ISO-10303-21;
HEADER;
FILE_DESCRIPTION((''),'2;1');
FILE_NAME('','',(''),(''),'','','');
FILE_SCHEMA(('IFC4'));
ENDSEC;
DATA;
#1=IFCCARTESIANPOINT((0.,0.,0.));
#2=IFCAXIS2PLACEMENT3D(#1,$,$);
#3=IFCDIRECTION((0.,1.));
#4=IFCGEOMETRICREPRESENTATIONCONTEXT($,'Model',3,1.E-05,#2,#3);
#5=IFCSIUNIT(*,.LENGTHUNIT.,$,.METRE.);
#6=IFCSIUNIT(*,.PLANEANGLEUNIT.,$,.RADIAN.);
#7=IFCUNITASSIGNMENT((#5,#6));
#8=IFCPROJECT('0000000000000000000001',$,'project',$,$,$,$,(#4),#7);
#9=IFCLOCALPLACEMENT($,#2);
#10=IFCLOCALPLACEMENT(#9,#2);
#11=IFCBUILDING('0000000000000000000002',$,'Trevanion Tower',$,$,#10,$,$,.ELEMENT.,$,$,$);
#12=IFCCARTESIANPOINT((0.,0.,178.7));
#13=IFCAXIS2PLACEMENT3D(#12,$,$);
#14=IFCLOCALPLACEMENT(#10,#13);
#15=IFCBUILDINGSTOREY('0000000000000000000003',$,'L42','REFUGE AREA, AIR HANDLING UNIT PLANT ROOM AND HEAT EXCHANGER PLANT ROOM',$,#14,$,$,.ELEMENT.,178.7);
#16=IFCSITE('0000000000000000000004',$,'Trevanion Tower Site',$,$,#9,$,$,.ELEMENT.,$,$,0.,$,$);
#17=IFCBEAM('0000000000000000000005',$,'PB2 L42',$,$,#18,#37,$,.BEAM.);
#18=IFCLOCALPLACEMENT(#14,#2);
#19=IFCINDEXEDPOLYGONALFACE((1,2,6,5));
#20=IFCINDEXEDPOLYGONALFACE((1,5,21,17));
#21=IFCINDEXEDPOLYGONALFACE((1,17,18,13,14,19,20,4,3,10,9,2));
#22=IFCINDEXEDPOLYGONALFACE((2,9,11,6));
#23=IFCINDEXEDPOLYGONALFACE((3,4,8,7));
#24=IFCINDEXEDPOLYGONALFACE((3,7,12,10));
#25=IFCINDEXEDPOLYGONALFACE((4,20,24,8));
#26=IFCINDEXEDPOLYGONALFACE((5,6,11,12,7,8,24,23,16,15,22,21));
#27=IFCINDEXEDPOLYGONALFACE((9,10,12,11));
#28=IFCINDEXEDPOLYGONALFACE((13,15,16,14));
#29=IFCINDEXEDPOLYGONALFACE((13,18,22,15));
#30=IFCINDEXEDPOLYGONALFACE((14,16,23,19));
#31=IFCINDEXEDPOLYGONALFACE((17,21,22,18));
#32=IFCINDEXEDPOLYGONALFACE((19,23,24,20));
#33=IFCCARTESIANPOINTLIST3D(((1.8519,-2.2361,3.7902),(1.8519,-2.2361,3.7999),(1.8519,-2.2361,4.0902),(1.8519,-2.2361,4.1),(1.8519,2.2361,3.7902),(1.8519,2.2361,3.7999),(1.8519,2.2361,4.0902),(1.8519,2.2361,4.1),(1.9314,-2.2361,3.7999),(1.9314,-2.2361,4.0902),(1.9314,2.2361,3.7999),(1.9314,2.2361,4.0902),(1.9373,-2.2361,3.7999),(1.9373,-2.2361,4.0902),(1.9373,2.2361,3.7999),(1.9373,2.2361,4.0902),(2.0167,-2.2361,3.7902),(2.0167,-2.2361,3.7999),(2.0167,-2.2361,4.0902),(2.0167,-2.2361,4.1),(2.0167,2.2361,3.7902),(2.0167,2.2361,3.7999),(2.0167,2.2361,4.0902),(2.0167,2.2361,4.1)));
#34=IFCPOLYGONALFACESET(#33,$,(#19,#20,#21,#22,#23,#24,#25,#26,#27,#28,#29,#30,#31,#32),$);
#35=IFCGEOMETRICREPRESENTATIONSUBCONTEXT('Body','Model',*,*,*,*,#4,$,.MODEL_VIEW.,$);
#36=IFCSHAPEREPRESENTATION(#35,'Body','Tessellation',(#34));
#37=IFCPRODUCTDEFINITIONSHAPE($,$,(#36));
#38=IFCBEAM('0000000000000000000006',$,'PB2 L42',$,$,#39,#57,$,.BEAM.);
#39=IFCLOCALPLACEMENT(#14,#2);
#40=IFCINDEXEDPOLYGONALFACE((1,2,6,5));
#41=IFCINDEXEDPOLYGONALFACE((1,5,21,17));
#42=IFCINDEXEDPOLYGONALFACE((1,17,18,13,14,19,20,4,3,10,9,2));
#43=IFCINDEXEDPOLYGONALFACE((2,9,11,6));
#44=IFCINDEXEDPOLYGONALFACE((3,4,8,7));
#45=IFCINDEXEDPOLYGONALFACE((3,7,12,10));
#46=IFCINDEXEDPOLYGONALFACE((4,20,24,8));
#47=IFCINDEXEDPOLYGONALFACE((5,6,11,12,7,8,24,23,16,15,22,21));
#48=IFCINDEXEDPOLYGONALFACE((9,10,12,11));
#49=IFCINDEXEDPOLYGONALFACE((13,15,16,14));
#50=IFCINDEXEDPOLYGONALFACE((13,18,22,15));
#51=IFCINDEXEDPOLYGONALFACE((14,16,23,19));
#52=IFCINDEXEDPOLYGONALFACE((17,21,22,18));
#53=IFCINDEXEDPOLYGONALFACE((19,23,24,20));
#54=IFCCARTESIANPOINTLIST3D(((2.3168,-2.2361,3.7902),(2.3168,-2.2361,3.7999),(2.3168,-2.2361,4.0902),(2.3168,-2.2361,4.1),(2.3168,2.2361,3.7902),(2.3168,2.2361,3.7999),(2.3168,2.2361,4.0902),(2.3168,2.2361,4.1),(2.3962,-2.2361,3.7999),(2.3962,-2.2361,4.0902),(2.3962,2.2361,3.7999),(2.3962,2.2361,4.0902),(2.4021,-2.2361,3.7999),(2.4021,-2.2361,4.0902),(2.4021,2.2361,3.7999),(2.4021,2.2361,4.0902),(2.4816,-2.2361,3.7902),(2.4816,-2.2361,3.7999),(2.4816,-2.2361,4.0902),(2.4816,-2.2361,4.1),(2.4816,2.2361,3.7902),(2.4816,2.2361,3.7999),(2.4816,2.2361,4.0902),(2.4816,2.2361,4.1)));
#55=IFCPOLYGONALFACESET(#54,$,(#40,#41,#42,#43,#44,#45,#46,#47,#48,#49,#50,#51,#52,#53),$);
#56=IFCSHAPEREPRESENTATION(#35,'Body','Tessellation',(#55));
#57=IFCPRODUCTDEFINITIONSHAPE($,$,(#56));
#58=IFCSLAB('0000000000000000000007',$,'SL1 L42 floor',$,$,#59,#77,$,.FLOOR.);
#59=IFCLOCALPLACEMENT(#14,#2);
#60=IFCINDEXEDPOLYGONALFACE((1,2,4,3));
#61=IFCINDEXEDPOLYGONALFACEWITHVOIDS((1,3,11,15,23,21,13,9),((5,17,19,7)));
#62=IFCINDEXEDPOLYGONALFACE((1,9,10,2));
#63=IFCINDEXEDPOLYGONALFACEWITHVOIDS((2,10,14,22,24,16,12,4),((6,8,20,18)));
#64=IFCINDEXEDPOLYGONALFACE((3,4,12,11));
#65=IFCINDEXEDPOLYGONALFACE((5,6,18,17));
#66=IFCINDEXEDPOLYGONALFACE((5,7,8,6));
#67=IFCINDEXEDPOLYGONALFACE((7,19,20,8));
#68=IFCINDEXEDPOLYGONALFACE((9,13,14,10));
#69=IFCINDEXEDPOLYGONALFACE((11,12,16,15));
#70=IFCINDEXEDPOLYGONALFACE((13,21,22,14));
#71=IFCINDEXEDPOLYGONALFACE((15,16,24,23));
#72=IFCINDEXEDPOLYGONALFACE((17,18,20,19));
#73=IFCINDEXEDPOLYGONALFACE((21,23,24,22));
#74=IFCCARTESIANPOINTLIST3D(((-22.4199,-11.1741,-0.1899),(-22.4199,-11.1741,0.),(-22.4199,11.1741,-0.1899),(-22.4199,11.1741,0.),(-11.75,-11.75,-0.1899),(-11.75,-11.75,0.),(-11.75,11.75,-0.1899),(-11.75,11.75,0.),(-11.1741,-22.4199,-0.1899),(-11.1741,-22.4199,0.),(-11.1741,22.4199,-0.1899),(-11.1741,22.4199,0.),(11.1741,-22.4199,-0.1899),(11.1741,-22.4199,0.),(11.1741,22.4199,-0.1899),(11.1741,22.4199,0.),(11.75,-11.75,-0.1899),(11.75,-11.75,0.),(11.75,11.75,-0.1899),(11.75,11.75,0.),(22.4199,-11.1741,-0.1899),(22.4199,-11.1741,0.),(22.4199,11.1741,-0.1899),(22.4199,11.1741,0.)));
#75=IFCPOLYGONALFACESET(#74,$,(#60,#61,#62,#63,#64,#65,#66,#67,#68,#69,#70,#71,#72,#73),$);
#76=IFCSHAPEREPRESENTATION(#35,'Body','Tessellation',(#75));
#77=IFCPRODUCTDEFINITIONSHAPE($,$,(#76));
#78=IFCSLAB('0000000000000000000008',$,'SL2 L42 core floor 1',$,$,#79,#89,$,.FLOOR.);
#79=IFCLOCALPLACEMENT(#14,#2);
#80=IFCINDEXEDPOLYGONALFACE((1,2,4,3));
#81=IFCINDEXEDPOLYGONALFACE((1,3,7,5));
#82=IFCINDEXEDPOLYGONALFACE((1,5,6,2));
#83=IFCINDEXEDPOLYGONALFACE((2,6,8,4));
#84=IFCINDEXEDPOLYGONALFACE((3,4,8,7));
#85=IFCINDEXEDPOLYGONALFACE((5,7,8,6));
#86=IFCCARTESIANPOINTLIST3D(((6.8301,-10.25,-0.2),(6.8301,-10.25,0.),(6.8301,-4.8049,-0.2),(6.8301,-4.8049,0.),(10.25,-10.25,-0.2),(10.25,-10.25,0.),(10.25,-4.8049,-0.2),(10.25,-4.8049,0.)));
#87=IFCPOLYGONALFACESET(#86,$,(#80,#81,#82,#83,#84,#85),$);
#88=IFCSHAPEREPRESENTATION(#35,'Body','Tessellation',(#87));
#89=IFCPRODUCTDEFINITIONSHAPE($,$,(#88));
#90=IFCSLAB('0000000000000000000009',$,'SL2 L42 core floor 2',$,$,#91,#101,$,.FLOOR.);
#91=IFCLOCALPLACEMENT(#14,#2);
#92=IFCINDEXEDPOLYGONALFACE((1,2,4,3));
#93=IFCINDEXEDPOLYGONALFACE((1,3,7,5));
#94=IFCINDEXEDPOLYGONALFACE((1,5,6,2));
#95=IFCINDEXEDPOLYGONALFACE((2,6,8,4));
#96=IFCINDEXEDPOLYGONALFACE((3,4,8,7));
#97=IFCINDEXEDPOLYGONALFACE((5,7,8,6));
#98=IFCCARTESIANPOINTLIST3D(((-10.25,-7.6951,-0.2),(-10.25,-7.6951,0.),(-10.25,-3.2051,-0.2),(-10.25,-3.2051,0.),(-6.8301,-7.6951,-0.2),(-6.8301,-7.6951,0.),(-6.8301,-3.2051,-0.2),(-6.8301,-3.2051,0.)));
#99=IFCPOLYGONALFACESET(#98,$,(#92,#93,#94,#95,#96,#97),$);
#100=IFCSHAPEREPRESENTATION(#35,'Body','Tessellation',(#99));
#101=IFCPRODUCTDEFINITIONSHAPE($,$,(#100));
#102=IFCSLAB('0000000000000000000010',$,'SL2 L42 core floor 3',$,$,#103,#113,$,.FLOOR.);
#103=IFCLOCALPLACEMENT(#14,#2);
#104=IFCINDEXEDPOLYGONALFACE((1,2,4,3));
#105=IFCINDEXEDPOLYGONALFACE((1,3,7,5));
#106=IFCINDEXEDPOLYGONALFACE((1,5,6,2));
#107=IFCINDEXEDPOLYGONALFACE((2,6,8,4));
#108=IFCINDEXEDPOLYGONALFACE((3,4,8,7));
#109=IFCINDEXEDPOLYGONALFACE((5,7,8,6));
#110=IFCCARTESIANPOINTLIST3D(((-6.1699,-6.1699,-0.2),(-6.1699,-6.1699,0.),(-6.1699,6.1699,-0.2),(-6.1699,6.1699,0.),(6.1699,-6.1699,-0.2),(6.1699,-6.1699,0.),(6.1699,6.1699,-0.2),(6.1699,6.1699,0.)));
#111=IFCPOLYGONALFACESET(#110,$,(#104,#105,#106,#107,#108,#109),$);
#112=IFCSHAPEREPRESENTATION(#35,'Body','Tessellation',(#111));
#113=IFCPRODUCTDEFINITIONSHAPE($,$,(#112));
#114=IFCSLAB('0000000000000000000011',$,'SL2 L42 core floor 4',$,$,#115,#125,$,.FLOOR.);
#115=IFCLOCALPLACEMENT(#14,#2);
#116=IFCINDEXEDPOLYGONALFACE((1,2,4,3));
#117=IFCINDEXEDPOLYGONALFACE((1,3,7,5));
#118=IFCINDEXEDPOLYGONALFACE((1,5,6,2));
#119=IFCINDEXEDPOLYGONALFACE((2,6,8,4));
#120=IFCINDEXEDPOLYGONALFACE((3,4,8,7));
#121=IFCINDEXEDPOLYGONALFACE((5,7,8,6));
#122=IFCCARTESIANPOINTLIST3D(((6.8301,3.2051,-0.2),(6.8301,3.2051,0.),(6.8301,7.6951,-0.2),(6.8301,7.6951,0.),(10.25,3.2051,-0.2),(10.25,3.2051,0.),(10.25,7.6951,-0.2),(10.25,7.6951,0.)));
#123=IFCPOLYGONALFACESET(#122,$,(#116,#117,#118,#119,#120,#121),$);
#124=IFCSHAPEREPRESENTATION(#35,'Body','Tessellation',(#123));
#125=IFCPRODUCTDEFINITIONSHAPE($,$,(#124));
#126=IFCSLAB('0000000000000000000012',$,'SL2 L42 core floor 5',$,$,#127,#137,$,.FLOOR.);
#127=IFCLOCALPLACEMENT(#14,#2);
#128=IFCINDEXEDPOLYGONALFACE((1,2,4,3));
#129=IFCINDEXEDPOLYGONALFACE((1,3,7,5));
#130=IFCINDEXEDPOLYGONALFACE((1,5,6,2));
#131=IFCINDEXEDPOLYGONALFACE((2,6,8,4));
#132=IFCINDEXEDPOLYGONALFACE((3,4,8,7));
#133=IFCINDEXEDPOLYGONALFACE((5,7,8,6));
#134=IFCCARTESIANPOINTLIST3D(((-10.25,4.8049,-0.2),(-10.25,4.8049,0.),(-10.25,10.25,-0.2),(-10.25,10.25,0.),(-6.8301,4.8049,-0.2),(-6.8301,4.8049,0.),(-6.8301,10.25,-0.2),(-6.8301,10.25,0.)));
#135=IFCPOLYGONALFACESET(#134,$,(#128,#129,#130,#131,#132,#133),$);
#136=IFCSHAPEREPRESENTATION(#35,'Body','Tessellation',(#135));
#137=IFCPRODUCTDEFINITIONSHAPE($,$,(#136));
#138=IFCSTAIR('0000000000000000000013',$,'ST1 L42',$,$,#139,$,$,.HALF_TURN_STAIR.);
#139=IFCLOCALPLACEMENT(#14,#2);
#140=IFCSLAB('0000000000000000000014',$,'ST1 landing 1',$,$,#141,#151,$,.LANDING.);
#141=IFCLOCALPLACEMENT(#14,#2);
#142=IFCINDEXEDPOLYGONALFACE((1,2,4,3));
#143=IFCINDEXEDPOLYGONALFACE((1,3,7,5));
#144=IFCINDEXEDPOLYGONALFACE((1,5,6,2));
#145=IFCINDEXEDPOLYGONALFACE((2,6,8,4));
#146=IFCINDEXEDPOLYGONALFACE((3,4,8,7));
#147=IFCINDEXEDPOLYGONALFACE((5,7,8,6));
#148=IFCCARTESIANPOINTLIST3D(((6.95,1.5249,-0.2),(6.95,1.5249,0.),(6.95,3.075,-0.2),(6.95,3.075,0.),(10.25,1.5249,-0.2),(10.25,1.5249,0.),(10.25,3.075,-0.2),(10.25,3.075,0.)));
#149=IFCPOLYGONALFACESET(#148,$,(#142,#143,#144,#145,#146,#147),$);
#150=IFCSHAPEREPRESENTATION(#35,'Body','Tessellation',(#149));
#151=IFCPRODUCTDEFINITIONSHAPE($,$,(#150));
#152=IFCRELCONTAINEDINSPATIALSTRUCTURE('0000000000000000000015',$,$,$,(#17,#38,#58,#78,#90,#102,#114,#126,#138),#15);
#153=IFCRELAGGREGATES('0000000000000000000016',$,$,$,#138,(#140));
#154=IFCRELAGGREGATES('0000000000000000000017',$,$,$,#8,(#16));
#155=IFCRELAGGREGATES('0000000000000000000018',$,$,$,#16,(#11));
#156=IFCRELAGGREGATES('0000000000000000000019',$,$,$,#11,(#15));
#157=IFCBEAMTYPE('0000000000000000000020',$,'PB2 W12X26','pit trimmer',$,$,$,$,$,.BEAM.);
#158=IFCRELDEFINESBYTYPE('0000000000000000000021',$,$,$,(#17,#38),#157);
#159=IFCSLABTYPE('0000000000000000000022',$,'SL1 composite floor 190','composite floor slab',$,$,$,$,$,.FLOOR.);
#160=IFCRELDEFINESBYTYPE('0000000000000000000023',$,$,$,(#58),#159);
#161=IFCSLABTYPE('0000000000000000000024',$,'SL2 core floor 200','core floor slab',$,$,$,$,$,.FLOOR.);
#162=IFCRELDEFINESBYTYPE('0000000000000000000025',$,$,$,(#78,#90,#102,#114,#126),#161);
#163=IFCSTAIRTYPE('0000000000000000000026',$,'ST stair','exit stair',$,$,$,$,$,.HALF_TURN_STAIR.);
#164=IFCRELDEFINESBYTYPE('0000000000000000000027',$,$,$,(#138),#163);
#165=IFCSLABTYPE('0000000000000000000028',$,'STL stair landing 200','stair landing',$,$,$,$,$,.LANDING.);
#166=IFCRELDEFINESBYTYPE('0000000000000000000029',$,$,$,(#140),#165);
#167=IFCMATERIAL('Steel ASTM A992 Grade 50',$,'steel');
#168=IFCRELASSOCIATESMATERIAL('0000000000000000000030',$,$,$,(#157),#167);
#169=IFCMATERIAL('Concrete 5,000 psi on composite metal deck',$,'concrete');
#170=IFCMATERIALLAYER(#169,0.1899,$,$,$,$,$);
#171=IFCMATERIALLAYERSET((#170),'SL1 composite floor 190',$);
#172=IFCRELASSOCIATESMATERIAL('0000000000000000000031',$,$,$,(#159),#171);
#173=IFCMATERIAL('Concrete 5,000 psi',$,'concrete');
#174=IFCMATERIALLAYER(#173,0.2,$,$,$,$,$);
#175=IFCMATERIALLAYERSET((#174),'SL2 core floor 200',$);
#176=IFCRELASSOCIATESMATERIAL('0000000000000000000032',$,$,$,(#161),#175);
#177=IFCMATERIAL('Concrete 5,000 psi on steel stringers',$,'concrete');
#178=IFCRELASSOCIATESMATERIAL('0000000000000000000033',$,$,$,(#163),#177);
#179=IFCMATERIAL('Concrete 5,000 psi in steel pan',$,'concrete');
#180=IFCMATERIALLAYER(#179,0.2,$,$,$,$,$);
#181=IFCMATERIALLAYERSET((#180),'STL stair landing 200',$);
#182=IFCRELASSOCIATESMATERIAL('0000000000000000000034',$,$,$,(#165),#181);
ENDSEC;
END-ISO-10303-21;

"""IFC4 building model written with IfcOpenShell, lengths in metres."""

from ifc_helpers import new_model, si_unit, direction, frame, origin, origin_2d, place, context, subcontext, project, spatial, polyline, i_section, outline, extrude, material, layer, layer_set, material_profile, profile_set, type_object, element, aggregate, save


model = new_model("IFC4")

# Units and contexts
model_context = context("Model", 3, precision=1e-05, world=origin(), true_north=direction((0.0, 1.0)))
body_context = subcontext(model_context, "Body", "Model", "MODEL_VIEW")
ifc_project = project(units=[si_unit("LENGTHUNIT", "METRE"), si_unit("PLANEANGLEUNIT", "RADIAN")], contexts=[model_context])

# Site, building, storey
site_placement = place(None, origin())
site = spatial("IfcSite", under=ifc_project, at=site_placement, Name="Trevanion Tower Site", CompositionType="ELEMENT", RefElevation=0.0)
building_placement = place(site_placement, origin())
building = spatial("IfcBuilding", under=site, at=building_placement, Name="Trevanion Tower", CompositionType="ELEMENT")
storey_placement = place(building_placement, frame((0.0, 0.0, 178.7)))
storey = spatial("IfcBuildingStorey", under=building, at=storey_placement, Name="L42", Description="REFUGE AREA, AIR HANDLING UNIT PLANT ROOM AND HEAT EXCHANGER PLANT ROOM", CompositionType="ELEMENT", Elevation=178.7)

# Beams
ifc_material_1 = material(Name="Steel ASTM A992 Grade 50", Category="steel")
ifc_material_profile_1 = material_profile(ifc_material_1, i_section(OverallWidth=0.1648, OverallDepth=0.3098, WebThickness=0.0059, FlangeThickness=0.0098, at=origin_2d()), Name="W12X26")
ifc_profile_set_1 = profile_set([ifc_material_profile_1], Name="Steel ASTM A992 Grade 50")
beam_type_1 = type_object("IfcBeamType", Name="PB2 W12X26", Description="pit trimmer", PredefinedType="BEAM", material=ifc_profile_set_1)
for number, where, z_axis, x_axis, name in (
    (1, (1.9343, -2.2361, 3.9451), (0.0, 1.0, 0.0), (-1.0, 0.0, 0.0), "PB2 L42"),
    (2, (2.3992, -2.2361, 3.9451), (0.0, 1.0, 0.0), (-1.0, 0.0, 0.0), "PB2 L42"),
):
    element("IfcBeam", number, at=place(storey_placement, frame(where, z_axis=z_axis, x_axis=x_axis)), inside=storey, type_object=beam_type_1, Name=name, PredefinedType="BEAM", context=body_context, shape_type="SweptSolid", body=[
        extrude(i_section(OverallWidth=0.1648, OverallDepth=0.3098, WebThickness=0.0059, FlangeThickness=0.0098, at=origin_2d()), origin(), (0.0, 0.0, 1.0), 4.4722),
    ])

# Slabs
ifc_material_2 = material(Name="Concrete 5,000 psi on composite metal deck", Category="concrete")
ifc_layer_1 = layer(ifc_material_2, 0.1899)
ifc_layer_set_1 = layer_set([ifc_layer_1], Name="SL1 composite floor 190")
slab_type_1 = type_object("IfcSlabType", Name="SL1 composite floor 190", Description="composite floor slab", PredefinedType="FLOOR", material=ifc_layer_set_1)
slab_1_placement = place(storey_placement, frame((0.0, 0.0, -0.1899)))
element("IfcSlab", 3, at=slab_1_placement, inside=storey, type_object=slab_type_1, Name="SL1 L42 floor", PredefinedType="FLOOR", context=body_context, shape_type="SweptSolid", body=[
    extrude(outline(polyline([(22.4199, -11.1741), (22.4199, 11.1741), (11.1741, 22.4199), (-11.1741, 22.4199), (-22.4199, 11.1741), (-22.4199, -11.1741), (-11.1741, -22.4199), (11.1741, -22.4199), (22.4199, -11.1741)]), holes=[polyline([(11.75, -11.75), (11.75, 11.75), (-11.75, 11.75), (-11.75, -11.75), (11.75, -11.75)])]), origin(), (0.0, 0.0, 1.0), 0.1899),
])
ifc_material_3 = material(Name="Concrete 5,000 psi", Category="concrete")
ifc_layer_2 = layer(ifc_material_3, 0.2)
ifc_layer_set_2 = layer_set([ifc_layer_2], Name="SL2 core floor 200")
slab_type_2 = type_object("IfcSlabType", Name="SL2 core floor 200", Description="core floor slab", PredefinedType="FLOOR", material=ifc_layer_set_2)
slab_2_placement = place(storey_placement, frame((0.0, 0.0, -0.2)))
element("IfcSlab", 4, at=slab_2_placement, inside=storey, type_object=slab_type_2, Name="SL2 L42 core floor 1", PredefinedType="FLOOR", context=body_context, shape_type="SweptSolid", body=[
    extrude(outline(polyline([(10.25, -4.8049), (10.25, -10.25), (6.8301, -10.25), (6.8301, -4.8049), (10.25, -4.8049)])), origin(), (0.0, 0.0, 1.0), 0.2),
])
slab_3_placement = place(storey_placement, frame((0.0, 0.0, -0.2)))
element("IfcSlab", 5, at=slab_3_placement, inside=storey, type_object=slab_type_2, Name="SL2 L42 core floor 2", PredefinedType="FLOOR", context=body_context, shape_type="SweptSolid", body=[
    extrude(outline(polyline([(-6.8301, -3.2051), (-6.8301, -7.6951), (-10.25, -7.6951), (-10.25, -3.2051), (-6.8301, -3.2051)])), origin(), (0.0, 0.0, 1.0), 0.2),
])
slab_4_placement = place(storey_placement, frame((0.0, 0.0, -0.2)))
element("IfcSlab", 6, at=slab_4_placement, inside=storey, type_object=slab_type_2, Name="SL2 L42 core floor 3", PredefinedType="FLOOR", context=body_context, shape_type="SweptSolid", body=[
    extrude(outline(polyline([(6.1699, -6.1699), (-6.1699, -6.1699), (-6.1699, 6.1699), (6.1699, 6.1699), (6.1699, -6.1699)])), origin(), (0.0, 0.0, 1.0), 0.2),
])
slab_5_placement = place(storey_placement, frame((0.0, 0.0, -0.2)))
element("IfcSlab", 7, at=slab_5_placement, inside=storey, type_object=slab_type_2, Name="SL2 L42 core floor 4", PredefinedType="FLOOR", context=body_context, shape_type="SweptSolid", body=[
    extrude(outline(polyline([(6.8301, 3.2051), (6.8301, 7.6951), (10.25, 7.6951), (10.25, 3.2051), (6.8301, 3.2051)])), origin(), (0.0, 0.0, 1.0), 0.2),
])
slab_6_placement = place(storey_placement, frame((0.0, 0.0, -0.2)))
element("IfcSlab", 8, at=slab_6_placement, inside=storey, type_object=slab_type_2, Name="SL2 L42 core floor 5", PredefinedType="FLOOR", context=body_context, shape_type="SweptSolid", body=[
    extrude(outline(polyline([(-6.8301, 4.8049), (-10.25, 4.8049), (-10.25, 10.25), (-6.8301, 10.25), (-6.8301, 4.8049)])), origin(), (0.0, 0.0, 1.0), 0.2),
])

# Stair, slab
ifc_material_4 = material(Name="Concrete 5,000 psi on steel stringers", Category="concrete")
stair_type = type_object("IfcStairType", Name="ST stair", Description="exit stair", PredefinedType="HALF_TURN_STAIR", material=ifc_material_4)
stair_placement = place(storey_placement, origin())
stair = element("IfcStair", 9, at=stair_placement, inside=storey, type_object=stair_type, Name="ST1 L42", PredefinedType="HALF_TURN_STAIR")
ifc_material_5 = material(Name="Concrete 5,000 psi in steel pan", Category="concrete")
ifc_layer_3 = layer(ifc_material_5, 0.2)
ifc_layer_set_3 = layer_set([ifc_layer_3], Name="STL stair landing 200")
slab_type_3 = type_object("IfcSlabType", Name="STL stair landing 200", Description="stair landing", PredefinedType="LANDING", material=ifc_layer_set_3)
slab_7_placement = place(storey_placement, frame((0.0, 0.0, -0.2)))
slab_7 = element("IfcSlab", 10, at=slab_7_placement, type_object=slab_type_3, Name="ST1 landing 1", PredefinedType="LANDING", context=body_context, shape_type="SweptSolid", body=[
    extrude(outline(polyline([(6.95, 1.5249), (10.25, 1.5249), (10.25, 3.075), (6.95, 3.075), (6.95, 1.5249)])), origin(), (0.0, 0.0, 1.0), 0.2),
])

aggregate(stair, [slab_7])

save(model, "model.ifc")
